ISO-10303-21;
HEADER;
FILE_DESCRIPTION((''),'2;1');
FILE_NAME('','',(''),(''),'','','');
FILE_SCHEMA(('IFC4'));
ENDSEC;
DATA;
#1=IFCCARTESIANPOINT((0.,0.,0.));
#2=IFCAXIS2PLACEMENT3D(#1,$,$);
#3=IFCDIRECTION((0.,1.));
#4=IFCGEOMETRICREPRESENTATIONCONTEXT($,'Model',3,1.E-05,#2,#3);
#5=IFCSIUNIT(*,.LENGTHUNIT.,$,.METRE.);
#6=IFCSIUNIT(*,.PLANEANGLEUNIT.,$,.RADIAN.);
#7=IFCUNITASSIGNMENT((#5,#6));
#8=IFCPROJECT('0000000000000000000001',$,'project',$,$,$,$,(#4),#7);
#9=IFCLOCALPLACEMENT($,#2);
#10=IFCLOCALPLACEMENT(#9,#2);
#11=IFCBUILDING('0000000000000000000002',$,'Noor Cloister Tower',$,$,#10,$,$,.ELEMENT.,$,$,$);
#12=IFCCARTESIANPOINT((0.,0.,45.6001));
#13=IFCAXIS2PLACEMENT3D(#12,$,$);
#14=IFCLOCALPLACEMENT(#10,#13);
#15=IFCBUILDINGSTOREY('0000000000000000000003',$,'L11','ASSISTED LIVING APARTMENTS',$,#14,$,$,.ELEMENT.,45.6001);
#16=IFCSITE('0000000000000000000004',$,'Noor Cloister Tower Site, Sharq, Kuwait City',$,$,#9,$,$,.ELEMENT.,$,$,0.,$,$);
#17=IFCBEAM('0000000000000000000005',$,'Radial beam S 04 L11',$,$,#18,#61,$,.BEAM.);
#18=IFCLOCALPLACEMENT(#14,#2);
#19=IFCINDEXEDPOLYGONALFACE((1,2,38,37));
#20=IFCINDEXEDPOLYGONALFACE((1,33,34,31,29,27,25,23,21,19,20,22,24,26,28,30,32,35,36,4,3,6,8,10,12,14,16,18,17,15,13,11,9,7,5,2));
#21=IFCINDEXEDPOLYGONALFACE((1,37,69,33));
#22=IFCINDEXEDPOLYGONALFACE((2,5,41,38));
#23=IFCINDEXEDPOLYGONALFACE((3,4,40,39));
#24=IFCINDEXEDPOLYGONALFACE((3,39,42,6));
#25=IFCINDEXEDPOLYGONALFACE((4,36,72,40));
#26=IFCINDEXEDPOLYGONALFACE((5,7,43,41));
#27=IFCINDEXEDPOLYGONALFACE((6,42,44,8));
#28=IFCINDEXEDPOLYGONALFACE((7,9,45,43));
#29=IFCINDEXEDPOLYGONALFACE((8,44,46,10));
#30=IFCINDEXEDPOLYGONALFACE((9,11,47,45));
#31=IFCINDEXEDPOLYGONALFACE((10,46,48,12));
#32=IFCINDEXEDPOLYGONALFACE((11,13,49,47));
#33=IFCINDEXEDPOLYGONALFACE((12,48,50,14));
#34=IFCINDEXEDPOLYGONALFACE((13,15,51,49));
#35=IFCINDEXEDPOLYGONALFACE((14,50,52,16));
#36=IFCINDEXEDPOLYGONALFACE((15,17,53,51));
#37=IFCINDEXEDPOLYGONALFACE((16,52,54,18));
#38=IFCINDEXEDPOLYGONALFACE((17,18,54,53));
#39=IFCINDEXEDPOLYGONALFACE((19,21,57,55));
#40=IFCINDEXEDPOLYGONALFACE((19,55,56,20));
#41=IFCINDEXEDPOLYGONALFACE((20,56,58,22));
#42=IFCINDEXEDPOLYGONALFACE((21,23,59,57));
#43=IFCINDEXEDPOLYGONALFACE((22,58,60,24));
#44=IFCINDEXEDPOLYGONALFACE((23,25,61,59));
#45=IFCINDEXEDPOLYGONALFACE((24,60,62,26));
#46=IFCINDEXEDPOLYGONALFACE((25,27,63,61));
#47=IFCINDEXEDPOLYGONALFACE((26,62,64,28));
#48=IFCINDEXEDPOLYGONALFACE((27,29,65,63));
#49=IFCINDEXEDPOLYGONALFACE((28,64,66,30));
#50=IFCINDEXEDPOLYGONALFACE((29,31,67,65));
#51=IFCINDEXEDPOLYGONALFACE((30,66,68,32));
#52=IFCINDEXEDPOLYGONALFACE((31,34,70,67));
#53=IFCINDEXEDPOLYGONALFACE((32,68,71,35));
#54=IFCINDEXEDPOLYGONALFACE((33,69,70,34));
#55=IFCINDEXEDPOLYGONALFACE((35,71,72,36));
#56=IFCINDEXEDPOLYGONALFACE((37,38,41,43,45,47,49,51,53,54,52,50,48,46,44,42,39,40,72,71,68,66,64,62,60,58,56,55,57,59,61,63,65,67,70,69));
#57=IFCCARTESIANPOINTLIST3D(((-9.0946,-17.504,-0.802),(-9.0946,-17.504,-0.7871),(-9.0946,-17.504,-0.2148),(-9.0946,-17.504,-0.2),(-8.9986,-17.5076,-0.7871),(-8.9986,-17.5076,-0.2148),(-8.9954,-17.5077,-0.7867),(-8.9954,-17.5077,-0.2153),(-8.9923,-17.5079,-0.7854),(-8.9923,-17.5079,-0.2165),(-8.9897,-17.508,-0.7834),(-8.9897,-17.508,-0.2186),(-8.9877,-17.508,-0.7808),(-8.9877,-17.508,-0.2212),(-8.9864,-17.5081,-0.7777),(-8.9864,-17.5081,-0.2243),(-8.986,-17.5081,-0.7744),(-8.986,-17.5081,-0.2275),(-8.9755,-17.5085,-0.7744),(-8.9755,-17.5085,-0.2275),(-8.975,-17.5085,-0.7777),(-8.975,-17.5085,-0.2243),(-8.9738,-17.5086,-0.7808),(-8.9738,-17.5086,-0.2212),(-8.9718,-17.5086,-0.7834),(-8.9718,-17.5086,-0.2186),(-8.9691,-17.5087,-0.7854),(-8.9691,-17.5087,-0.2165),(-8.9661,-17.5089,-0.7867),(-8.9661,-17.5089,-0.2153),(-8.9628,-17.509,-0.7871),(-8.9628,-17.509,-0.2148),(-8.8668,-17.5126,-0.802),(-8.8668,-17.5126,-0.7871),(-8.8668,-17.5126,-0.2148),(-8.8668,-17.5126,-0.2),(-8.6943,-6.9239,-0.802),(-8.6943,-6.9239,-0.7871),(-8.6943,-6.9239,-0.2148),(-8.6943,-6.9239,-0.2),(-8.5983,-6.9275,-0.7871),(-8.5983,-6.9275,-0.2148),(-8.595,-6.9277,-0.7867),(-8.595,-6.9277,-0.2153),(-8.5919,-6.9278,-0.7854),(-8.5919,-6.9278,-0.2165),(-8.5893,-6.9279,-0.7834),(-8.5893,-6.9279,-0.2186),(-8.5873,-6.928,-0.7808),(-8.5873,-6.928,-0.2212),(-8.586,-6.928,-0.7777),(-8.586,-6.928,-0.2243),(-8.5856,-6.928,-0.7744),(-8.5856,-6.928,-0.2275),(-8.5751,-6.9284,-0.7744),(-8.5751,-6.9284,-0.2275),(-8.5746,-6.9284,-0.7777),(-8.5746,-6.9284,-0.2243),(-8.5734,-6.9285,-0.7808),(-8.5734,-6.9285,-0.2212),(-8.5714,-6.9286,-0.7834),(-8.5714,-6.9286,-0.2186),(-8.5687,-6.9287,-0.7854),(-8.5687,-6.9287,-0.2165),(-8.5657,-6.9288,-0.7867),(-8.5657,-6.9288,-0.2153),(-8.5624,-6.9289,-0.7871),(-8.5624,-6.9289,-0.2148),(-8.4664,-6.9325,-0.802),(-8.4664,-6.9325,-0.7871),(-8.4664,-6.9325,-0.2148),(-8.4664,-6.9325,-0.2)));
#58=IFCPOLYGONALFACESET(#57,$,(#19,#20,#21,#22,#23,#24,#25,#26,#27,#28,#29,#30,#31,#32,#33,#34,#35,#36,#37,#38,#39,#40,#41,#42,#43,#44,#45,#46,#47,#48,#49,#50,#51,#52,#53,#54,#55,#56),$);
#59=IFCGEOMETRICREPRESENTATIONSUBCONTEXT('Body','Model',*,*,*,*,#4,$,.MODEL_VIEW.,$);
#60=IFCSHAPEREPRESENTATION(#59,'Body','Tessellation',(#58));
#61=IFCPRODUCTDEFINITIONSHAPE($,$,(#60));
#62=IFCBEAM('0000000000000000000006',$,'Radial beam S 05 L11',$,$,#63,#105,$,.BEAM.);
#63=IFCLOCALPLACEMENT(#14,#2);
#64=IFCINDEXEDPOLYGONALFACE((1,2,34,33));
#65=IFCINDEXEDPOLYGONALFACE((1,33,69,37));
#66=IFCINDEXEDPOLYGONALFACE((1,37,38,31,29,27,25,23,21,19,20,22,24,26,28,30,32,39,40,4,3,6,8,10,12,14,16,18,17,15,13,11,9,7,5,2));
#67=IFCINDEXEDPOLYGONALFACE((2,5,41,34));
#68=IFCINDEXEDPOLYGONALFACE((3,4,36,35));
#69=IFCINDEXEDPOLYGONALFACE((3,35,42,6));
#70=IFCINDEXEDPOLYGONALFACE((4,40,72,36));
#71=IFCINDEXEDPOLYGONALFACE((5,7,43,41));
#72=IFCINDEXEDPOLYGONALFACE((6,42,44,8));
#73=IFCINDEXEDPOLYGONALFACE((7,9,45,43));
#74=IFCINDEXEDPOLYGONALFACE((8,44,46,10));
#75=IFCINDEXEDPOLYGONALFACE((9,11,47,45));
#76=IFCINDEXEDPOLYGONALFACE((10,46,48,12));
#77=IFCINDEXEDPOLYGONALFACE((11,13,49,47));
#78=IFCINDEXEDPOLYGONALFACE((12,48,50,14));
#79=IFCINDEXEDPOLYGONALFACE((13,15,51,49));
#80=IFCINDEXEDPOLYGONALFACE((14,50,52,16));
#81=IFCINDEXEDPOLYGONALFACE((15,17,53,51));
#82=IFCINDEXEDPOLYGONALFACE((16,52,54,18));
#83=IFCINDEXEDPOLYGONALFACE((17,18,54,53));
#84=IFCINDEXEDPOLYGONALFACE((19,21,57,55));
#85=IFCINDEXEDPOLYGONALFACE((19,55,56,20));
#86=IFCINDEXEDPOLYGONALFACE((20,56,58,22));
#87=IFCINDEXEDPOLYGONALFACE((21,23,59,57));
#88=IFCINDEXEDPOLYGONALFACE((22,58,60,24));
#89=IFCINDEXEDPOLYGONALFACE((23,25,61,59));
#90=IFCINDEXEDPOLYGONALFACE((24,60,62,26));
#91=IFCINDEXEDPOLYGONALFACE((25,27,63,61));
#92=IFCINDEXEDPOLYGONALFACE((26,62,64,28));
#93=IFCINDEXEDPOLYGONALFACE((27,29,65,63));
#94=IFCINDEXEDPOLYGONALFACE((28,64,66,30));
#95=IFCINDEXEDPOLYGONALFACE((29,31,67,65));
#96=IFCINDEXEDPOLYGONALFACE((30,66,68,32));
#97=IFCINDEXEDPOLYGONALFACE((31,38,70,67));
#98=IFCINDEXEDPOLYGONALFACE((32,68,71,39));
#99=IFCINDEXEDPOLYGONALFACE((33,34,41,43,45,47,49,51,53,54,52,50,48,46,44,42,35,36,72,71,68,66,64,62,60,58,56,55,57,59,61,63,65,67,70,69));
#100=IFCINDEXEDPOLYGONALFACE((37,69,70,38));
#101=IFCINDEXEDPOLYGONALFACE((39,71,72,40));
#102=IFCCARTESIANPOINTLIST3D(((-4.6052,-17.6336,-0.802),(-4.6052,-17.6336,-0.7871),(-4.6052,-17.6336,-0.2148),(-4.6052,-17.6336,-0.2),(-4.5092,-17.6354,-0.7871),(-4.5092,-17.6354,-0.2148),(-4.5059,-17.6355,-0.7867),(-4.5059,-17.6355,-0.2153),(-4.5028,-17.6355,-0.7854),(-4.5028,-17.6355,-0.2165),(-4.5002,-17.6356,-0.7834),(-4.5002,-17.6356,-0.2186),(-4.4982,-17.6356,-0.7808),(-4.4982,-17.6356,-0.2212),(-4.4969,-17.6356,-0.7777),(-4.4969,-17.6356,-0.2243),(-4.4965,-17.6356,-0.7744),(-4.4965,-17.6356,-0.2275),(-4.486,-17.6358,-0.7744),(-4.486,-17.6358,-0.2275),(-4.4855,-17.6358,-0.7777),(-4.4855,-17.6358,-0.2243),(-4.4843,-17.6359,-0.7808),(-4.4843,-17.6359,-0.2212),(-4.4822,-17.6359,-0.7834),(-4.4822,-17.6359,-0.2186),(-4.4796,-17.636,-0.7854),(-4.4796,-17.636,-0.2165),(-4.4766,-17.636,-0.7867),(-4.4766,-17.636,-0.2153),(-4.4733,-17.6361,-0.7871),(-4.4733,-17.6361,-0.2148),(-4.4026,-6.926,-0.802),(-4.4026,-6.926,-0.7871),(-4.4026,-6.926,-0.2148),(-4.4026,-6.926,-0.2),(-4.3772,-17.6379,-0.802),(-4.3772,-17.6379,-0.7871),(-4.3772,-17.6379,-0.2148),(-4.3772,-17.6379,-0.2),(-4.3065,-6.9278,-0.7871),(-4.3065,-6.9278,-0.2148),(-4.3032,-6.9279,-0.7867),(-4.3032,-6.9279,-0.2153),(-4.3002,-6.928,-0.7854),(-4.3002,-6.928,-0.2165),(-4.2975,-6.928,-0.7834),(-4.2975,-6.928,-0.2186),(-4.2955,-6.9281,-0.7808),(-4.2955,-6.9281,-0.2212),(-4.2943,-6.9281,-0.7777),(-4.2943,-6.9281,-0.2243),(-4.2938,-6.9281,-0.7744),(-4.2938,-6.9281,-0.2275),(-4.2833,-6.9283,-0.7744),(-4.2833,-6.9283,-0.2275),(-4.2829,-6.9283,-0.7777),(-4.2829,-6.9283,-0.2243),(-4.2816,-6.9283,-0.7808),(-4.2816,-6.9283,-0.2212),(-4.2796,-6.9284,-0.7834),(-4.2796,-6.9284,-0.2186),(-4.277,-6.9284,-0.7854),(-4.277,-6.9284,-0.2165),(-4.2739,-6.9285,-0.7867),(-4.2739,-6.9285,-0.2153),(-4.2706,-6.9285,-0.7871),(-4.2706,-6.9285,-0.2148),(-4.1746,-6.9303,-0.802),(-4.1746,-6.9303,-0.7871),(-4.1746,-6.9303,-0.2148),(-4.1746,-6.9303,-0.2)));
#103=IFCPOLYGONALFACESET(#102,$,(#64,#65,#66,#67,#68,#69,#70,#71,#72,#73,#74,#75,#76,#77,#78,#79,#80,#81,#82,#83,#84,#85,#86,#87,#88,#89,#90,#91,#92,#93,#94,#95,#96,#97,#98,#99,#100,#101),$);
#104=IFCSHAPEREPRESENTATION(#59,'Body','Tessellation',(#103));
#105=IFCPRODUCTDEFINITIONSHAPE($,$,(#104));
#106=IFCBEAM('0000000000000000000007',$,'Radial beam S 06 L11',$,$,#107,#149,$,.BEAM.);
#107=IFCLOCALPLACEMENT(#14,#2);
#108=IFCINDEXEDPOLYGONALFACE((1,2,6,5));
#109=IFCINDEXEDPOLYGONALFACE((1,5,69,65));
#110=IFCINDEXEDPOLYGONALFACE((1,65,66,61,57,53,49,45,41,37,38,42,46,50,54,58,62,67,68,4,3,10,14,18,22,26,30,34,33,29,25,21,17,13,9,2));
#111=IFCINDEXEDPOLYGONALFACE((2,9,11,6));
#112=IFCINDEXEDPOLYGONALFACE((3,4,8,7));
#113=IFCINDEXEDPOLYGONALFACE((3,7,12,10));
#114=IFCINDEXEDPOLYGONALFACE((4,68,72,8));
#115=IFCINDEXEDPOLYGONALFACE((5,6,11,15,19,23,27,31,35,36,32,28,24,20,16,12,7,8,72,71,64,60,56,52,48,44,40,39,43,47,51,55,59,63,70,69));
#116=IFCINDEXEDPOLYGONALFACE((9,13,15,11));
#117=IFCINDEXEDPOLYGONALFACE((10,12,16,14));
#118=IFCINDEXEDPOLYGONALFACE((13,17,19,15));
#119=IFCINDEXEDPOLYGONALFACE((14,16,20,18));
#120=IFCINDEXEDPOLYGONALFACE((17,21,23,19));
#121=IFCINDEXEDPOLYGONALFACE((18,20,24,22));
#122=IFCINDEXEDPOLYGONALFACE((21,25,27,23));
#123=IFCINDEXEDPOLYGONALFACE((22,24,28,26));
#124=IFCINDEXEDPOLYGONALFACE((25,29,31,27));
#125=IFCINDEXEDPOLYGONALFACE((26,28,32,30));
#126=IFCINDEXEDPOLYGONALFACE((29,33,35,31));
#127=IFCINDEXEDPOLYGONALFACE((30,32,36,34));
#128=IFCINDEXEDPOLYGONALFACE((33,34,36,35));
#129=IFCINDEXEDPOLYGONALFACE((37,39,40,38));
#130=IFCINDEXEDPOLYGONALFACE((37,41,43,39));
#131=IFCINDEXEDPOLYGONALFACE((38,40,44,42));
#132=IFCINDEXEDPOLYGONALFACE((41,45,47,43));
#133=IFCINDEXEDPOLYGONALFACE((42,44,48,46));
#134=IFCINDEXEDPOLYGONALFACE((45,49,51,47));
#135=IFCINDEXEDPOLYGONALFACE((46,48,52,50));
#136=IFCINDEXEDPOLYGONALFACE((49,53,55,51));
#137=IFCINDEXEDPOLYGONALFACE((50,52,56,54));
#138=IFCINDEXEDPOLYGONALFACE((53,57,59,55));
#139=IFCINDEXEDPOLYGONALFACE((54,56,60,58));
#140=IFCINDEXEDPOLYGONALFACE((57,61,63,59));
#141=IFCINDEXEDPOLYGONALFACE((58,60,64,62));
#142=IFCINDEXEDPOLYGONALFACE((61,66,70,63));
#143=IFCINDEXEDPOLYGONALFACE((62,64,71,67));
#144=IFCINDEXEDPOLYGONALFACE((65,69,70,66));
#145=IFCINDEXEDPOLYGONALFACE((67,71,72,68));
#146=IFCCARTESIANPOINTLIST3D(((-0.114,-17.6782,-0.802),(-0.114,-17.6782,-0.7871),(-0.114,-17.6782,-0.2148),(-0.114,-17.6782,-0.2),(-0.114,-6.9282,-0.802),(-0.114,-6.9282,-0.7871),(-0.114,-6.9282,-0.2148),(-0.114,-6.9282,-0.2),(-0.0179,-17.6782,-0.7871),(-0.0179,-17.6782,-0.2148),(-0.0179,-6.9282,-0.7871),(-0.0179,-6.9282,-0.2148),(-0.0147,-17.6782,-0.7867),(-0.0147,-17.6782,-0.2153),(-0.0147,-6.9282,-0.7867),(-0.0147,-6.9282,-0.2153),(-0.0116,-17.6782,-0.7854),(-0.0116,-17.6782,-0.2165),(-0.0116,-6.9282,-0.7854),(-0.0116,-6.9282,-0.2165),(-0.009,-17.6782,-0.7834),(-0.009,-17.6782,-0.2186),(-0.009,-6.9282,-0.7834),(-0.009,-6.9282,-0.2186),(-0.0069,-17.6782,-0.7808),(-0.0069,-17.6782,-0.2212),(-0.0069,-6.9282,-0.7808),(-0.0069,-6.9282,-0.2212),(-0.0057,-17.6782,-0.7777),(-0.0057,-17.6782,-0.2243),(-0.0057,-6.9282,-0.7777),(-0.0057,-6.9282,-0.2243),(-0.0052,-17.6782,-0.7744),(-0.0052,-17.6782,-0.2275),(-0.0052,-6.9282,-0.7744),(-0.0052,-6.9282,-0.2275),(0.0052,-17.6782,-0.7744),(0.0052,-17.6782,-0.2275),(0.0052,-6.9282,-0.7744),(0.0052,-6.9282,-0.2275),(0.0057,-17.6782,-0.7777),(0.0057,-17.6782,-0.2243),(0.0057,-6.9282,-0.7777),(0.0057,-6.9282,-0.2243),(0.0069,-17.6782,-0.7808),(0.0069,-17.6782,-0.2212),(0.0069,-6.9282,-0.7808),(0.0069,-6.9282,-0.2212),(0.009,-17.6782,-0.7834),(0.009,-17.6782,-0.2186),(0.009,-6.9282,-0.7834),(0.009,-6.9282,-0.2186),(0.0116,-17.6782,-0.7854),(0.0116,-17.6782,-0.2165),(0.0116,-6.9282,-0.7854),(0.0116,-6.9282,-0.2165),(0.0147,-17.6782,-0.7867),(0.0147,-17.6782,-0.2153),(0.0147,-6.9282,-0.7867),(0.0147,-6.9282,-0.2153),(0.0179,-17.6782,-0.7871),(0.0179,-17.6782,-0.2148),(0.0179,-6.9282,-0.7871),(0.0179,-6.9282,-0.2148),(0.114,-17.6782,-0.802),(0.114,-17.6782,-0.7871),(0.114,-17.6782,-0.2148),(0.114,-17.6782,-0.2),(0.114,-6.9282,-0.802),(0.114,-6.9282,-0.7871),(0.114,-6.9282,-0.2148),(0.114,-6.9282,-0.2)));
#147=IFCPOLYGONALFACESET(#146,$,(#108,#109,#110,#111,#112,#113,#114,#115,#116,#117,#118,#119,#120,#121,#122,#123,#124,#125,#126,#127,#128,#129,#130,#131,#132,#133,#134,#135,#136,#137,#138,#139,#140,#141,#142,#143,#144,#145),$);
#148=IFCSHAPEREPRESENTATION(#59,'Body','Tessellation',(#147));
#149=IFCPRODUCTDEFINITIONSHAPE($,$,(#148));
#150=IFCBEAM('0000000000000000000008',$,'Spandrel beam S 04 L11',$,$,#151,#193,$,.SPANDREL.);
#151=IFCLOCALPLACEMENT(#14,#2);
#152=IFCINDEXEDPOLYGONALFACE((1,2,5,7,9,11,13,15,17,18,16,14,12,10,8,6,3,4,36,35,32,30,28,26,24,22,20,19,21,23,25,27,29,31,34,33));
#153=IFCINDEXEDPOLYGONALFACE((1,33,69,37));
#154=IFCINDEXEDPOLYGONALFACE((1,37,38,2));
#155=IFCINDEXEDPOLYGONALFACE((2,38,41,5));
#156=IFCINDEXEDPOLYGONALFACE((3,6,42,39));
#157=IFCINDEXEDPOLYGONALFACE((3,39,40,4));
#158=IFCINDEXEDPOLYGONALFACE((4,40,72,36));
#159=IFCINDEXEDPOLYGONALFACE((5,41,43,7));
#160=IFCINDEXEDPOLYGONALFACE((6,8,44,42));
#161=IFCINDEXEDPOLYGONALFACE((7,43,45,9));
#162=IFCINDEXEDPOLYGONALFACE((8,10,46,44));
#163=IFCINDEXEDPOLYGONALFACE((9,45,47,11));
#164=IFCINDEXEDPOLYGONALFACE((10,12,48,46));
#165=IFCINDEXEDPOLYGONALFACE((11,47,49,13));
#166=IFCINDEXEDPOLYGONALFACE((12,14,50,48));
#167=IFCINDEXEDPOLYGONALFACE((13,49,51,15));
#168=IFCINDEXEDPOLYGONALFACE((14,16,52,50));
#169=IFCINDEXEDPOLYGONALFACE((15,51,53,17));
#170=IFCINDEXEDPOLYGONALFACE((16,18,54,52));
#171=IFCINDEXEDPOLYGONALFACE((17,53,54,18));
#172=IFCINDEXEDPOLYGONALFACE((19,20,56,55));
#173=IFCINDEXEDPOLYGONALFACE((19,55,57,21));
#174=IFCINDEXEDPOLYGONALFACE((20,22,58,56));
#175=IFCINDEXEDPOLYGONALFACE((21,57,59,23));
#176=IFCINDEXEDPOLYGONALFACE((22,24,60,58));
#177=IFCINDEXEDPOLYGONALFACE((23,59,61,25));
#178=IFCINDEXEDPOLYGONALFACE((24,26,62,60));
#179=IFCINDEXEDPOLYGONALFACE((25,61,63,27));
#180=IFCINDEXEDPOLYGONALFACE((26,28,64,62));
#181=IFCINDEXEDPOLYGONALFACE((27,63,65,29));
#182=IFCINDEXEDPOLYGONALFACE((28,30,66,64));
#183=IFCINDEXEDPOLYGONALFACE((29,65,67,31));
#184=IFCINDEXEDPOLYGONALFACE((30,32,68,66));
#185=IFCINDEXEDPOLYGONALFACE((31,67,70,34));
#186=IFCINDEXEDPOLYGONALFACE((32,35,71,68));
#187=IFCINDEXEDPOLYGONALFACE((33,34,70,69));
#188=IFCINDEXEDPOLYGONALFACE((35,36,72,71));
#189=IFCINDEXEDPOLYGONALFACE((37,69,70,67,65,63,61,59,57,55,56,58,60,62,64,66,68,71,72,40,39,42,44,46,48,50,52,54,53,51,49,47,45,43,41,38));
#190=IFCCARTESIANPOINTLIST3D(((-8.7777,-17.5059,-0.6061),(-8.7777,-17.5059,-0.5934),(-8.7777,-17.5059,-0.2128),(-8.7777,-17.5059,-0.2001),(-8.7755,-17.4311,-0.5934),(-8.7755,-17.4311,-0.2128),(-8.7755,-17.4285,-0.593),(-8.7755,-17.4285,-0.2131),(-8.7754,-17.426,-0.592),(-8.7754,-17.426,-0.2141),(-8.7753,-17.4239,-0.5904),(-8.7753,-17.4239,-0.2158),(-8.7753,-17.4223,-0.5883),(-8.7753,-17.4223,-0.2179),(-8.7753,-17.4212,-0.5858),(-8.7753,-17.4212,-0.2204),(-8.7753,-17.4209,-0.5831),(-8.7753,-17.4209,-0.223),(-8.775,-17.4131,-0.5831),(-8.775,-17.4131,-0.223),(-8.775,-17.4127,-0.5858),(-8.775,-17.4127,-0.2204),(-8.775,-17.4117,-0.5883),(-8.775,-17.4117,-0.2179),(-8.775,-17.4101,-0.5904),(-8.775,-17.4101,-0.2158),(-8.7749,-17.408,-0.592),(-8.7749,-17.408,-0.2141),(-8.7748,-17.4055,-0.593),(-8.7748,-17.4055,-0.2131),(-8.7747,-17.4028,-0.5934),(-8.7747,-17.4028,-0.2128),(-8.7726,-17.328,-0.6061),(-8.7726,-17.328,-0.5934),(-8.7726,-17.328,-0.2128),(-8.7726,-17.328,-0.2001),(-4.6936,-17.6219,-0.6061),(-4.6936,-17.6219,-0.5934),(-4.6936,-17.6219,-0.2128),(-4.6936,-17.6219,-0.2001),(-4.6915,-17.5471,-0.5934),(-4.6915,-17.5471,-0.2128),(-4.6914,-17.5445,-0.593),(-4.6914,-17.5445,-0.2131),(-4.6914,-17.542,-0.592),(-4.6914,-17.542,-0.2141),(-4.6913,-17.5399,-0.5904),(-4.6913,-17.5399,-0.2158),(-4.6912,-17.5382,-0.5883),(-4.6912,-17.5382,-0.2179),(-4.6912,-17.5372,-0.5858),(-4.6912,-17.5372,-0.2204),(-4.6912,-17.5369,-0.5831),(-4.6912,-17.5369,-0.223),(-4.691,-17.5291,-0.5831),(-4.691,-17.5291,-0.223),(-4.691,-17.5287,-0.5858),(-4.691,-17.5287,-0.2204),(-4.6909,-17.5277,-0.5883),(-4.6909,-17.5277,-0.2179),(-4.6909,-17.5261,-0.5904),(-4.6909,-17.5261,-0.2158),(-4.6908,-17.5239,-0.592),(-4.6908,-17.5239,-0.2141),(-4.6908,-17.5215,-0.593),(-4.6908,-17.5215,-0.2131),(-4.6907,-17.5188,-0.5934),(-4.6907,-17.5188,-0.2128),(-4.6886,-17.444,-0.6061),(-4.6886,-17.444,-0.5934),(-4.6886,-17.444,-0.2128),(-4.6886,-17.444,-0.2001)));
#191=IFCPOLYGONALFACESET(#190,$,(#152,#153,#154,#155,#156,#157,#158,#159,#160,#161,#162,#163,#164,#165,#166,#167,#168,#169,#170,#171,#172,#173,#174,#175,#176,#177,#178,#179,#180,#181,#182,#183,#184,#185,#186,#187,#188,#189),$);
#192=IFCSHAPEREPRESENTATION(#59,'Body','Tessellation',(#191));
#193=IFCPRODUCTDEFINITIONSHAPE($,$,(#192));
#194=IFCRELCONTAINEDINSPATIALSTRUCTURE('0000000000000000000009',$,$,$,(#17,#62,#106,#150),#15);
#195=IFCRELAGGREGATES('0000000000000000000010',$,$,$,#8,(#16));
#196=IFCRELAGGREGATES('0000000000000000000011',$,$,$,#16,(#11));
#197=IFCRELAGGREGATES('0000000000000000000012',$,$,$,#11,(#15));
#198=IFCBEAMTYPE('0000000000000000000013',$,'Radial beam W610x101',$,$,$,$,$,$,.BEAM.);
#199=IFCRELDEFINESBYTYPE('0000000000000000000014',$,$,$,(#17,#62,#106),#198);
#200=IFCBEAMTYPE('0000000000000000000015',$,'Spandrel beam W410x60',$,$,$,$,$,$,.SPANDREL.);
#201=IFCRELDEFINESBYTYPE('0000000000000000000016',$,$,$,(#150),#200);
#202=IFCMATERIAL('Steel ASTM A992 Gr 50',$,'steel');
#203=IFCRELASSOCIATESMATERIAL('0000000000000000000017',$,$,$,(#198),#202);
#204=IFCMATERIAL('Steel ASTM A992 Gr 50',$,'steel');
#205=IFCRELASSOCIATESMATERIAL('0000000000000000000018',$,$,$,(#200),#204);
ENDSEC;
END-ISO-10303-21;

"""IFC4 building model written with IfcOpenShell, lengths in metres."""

from ifc_helpers import new_model, si_unit, direction, frame, origin, origin_2d, place, context, subcontext, project, spatial, i_section, extrude, material, material_profile, profile_set, type_object, element, save


model = new_model("IFC4")

# Units and contexts
model_context = context("Model", 3, precision=1e-05, world=origin(), true_north=direction((0.0, 1.0)))
body_context = subcontext(model_context, "Body", "Model", "MODEL_VIEW")
ifc_project = project(units=[si_unit("LENGTHUNIT", "METRE"), si_unit("PLANEANGLEUNIT", "RADIAN")], contexts=[model_context])

# Site, building, storey
site_placement = place(None, origin())
site = spatial("IfcSite", under=ifc_project, at=site_placement, Name="Noor Cloister Tower Site, Sharq, Kuwait City", CompositionType="ELEMENT", RefElevation=0.0)
building_placement = place(site_placement, origin())
building = spatial("IfcBuilding", under=site, at=building_placement, Name="Noor Cloister Tower", CompositionType="ELEMENT")
storey_placement = place(building_placement, frame((0.0, 0.0, 45.6001)))
storey = spatial("IfcBuildingStorey", under=building, at=storey_placement, Name="L11", Description="ASSISTED LIVING APARTMENTS", CompositionType="ELEMENT", Elevation=45.6001)

# Beams
ifc_material_1 = material(Name="Steel ASTM A992 Gr 50", Category="steel")
ifc_material_profile_1 = material_profile(ifc_material_1, i_section(OverallWidth=0.228, OverallDepth=0.6021, WebThickness=0.0105, FlangeThickness=0.0149, FilletRadius=0.0127, at=origin_2d()), Name="W610x101")
ifc_profile_set_1 = profile_set([ifc_material_profile_1], Name="Steel ASTM A992 Gr 50")
beam_type_1 = type_object("IfcBeamType", Name="Radial beam W610x101", PredefinedType="BEAM", material=ifc_profile_set_1)
beam_1_placement = place(storey_placement, frame((-8.9807, -17.5083, -0.501), z_axis=(0.037817, 0.999285, 0.0), x_axis=(-0.999285, 0.037817, 0.0)))
element("IfcBeam", 1, at=beam_1_placement, inside=storey, type_object=beam_type_1, Name="Radial beam S 04 L11", PredefinedType="BEAM", context=body_context, shape_type="SweptSolid", body=[
    extrude(i_section(OverallWidth=0.228, OverallDepth=0.6021, WebThickness=0.0105, FlangeThickness=0.0149, FilletRadius=0.0127, at=origin_2d()), origin(), (0.0, 0.0, 1.0), 10.5876),
])
beam_2_placement = place(storey_placement, frame((-4.4912, -17.6357, -0.501), z_axis=(0.018921, 0.999821, 0.0), x_axis=(-0.999821, 0.018921, 0.0)))
element("IfcBeam", 2, at=beam_2_placement, inside=storey, type_object=beam_type_1, Name="Radial beam S 05 L11", PredefinedType="BEAM", context=body_context, shape_type="SweptSolid", body=[
    extrude(i_section(OverallWidth=0.228, OverallDepth=0.6021, WebThickness=0.0105, FlangeThickness=0.0149, FilletRadius=0.0127, at=origin_2d()), origin(), (0.0, 0.0, 1.0), 10.7095),
])
beam_3_placement = place(storey_placement, frame((0.0, -17.6782, -0.501), z_axis=(0.0, 1.0, 0.0), x_axis=(-1.0, 0.0, 0.0)))
element("IfcBeam", 3, at=beam_3_placement, inside=storey, type_object=beam_type_1, Name="Radial beam S 06 L11", PredefinedType="BEAM", context=body_context, shape_type="SweptSolid", body=[
    extrude(i_section(OverallWidth=0.228, OverallDepth=0.6021, WebThickness=0.0105, FlangeThickness=0.0149, FilletRadius=0.0127, at=origin_2d()), origin(), (0.0, 0.0, 1.0), 10.75),
])
ifc_material_2 = material(Name="Steel ASTM A992 Gr 50", Category="steel")
ifc_material_profile_2 = material_profile(ifc_material_2, i_section(OverallWidth=0.178, OverallDepth=0.406, WebThickness=0.0078, FlangeThickness=0.0127, FilletRadius=0.0103, at=origin_2d()), Name="W410x60")
ifc_profile_set_2 = profile_set([ifc_material_profile_2], Name="Steel ASTM A992 Gr 50")
beam_type_2 = type_object("IfcBeamType", Name="Spandrel beam W410x60", PredefinedType="SPANDREL", material=ifc_profile_set_2)
for number, where, z_axis, x_axis, name in (
    (4, (-8.7751, -17.417, -0.4031), (0.999597, -0.028384, 0.0), (0.028384, 0.999597, 0.0), "Spandrel beam S 04 L11"),
):
    element("IfcBeam", number, at=place(storey_placement, frame(where, z_axis=z_axis, x_axis=x_axis)), inside=storey, type_object=beam_type_2, Name=name, PredefinedType="SPANDREL", context=body_context, shape_type="SweptSolid", body=[
        extrude(i_section(OverallWidth=0.178, OverallDepth=0.406, WebThickness=0.0078, FlangeThickness=0.0127, FilletRadius=0.0103, at=origin_2d()), origin(), (0.0, 0.0, 1.0), 4.0857),
    ])

save(model, "model.ifc")
